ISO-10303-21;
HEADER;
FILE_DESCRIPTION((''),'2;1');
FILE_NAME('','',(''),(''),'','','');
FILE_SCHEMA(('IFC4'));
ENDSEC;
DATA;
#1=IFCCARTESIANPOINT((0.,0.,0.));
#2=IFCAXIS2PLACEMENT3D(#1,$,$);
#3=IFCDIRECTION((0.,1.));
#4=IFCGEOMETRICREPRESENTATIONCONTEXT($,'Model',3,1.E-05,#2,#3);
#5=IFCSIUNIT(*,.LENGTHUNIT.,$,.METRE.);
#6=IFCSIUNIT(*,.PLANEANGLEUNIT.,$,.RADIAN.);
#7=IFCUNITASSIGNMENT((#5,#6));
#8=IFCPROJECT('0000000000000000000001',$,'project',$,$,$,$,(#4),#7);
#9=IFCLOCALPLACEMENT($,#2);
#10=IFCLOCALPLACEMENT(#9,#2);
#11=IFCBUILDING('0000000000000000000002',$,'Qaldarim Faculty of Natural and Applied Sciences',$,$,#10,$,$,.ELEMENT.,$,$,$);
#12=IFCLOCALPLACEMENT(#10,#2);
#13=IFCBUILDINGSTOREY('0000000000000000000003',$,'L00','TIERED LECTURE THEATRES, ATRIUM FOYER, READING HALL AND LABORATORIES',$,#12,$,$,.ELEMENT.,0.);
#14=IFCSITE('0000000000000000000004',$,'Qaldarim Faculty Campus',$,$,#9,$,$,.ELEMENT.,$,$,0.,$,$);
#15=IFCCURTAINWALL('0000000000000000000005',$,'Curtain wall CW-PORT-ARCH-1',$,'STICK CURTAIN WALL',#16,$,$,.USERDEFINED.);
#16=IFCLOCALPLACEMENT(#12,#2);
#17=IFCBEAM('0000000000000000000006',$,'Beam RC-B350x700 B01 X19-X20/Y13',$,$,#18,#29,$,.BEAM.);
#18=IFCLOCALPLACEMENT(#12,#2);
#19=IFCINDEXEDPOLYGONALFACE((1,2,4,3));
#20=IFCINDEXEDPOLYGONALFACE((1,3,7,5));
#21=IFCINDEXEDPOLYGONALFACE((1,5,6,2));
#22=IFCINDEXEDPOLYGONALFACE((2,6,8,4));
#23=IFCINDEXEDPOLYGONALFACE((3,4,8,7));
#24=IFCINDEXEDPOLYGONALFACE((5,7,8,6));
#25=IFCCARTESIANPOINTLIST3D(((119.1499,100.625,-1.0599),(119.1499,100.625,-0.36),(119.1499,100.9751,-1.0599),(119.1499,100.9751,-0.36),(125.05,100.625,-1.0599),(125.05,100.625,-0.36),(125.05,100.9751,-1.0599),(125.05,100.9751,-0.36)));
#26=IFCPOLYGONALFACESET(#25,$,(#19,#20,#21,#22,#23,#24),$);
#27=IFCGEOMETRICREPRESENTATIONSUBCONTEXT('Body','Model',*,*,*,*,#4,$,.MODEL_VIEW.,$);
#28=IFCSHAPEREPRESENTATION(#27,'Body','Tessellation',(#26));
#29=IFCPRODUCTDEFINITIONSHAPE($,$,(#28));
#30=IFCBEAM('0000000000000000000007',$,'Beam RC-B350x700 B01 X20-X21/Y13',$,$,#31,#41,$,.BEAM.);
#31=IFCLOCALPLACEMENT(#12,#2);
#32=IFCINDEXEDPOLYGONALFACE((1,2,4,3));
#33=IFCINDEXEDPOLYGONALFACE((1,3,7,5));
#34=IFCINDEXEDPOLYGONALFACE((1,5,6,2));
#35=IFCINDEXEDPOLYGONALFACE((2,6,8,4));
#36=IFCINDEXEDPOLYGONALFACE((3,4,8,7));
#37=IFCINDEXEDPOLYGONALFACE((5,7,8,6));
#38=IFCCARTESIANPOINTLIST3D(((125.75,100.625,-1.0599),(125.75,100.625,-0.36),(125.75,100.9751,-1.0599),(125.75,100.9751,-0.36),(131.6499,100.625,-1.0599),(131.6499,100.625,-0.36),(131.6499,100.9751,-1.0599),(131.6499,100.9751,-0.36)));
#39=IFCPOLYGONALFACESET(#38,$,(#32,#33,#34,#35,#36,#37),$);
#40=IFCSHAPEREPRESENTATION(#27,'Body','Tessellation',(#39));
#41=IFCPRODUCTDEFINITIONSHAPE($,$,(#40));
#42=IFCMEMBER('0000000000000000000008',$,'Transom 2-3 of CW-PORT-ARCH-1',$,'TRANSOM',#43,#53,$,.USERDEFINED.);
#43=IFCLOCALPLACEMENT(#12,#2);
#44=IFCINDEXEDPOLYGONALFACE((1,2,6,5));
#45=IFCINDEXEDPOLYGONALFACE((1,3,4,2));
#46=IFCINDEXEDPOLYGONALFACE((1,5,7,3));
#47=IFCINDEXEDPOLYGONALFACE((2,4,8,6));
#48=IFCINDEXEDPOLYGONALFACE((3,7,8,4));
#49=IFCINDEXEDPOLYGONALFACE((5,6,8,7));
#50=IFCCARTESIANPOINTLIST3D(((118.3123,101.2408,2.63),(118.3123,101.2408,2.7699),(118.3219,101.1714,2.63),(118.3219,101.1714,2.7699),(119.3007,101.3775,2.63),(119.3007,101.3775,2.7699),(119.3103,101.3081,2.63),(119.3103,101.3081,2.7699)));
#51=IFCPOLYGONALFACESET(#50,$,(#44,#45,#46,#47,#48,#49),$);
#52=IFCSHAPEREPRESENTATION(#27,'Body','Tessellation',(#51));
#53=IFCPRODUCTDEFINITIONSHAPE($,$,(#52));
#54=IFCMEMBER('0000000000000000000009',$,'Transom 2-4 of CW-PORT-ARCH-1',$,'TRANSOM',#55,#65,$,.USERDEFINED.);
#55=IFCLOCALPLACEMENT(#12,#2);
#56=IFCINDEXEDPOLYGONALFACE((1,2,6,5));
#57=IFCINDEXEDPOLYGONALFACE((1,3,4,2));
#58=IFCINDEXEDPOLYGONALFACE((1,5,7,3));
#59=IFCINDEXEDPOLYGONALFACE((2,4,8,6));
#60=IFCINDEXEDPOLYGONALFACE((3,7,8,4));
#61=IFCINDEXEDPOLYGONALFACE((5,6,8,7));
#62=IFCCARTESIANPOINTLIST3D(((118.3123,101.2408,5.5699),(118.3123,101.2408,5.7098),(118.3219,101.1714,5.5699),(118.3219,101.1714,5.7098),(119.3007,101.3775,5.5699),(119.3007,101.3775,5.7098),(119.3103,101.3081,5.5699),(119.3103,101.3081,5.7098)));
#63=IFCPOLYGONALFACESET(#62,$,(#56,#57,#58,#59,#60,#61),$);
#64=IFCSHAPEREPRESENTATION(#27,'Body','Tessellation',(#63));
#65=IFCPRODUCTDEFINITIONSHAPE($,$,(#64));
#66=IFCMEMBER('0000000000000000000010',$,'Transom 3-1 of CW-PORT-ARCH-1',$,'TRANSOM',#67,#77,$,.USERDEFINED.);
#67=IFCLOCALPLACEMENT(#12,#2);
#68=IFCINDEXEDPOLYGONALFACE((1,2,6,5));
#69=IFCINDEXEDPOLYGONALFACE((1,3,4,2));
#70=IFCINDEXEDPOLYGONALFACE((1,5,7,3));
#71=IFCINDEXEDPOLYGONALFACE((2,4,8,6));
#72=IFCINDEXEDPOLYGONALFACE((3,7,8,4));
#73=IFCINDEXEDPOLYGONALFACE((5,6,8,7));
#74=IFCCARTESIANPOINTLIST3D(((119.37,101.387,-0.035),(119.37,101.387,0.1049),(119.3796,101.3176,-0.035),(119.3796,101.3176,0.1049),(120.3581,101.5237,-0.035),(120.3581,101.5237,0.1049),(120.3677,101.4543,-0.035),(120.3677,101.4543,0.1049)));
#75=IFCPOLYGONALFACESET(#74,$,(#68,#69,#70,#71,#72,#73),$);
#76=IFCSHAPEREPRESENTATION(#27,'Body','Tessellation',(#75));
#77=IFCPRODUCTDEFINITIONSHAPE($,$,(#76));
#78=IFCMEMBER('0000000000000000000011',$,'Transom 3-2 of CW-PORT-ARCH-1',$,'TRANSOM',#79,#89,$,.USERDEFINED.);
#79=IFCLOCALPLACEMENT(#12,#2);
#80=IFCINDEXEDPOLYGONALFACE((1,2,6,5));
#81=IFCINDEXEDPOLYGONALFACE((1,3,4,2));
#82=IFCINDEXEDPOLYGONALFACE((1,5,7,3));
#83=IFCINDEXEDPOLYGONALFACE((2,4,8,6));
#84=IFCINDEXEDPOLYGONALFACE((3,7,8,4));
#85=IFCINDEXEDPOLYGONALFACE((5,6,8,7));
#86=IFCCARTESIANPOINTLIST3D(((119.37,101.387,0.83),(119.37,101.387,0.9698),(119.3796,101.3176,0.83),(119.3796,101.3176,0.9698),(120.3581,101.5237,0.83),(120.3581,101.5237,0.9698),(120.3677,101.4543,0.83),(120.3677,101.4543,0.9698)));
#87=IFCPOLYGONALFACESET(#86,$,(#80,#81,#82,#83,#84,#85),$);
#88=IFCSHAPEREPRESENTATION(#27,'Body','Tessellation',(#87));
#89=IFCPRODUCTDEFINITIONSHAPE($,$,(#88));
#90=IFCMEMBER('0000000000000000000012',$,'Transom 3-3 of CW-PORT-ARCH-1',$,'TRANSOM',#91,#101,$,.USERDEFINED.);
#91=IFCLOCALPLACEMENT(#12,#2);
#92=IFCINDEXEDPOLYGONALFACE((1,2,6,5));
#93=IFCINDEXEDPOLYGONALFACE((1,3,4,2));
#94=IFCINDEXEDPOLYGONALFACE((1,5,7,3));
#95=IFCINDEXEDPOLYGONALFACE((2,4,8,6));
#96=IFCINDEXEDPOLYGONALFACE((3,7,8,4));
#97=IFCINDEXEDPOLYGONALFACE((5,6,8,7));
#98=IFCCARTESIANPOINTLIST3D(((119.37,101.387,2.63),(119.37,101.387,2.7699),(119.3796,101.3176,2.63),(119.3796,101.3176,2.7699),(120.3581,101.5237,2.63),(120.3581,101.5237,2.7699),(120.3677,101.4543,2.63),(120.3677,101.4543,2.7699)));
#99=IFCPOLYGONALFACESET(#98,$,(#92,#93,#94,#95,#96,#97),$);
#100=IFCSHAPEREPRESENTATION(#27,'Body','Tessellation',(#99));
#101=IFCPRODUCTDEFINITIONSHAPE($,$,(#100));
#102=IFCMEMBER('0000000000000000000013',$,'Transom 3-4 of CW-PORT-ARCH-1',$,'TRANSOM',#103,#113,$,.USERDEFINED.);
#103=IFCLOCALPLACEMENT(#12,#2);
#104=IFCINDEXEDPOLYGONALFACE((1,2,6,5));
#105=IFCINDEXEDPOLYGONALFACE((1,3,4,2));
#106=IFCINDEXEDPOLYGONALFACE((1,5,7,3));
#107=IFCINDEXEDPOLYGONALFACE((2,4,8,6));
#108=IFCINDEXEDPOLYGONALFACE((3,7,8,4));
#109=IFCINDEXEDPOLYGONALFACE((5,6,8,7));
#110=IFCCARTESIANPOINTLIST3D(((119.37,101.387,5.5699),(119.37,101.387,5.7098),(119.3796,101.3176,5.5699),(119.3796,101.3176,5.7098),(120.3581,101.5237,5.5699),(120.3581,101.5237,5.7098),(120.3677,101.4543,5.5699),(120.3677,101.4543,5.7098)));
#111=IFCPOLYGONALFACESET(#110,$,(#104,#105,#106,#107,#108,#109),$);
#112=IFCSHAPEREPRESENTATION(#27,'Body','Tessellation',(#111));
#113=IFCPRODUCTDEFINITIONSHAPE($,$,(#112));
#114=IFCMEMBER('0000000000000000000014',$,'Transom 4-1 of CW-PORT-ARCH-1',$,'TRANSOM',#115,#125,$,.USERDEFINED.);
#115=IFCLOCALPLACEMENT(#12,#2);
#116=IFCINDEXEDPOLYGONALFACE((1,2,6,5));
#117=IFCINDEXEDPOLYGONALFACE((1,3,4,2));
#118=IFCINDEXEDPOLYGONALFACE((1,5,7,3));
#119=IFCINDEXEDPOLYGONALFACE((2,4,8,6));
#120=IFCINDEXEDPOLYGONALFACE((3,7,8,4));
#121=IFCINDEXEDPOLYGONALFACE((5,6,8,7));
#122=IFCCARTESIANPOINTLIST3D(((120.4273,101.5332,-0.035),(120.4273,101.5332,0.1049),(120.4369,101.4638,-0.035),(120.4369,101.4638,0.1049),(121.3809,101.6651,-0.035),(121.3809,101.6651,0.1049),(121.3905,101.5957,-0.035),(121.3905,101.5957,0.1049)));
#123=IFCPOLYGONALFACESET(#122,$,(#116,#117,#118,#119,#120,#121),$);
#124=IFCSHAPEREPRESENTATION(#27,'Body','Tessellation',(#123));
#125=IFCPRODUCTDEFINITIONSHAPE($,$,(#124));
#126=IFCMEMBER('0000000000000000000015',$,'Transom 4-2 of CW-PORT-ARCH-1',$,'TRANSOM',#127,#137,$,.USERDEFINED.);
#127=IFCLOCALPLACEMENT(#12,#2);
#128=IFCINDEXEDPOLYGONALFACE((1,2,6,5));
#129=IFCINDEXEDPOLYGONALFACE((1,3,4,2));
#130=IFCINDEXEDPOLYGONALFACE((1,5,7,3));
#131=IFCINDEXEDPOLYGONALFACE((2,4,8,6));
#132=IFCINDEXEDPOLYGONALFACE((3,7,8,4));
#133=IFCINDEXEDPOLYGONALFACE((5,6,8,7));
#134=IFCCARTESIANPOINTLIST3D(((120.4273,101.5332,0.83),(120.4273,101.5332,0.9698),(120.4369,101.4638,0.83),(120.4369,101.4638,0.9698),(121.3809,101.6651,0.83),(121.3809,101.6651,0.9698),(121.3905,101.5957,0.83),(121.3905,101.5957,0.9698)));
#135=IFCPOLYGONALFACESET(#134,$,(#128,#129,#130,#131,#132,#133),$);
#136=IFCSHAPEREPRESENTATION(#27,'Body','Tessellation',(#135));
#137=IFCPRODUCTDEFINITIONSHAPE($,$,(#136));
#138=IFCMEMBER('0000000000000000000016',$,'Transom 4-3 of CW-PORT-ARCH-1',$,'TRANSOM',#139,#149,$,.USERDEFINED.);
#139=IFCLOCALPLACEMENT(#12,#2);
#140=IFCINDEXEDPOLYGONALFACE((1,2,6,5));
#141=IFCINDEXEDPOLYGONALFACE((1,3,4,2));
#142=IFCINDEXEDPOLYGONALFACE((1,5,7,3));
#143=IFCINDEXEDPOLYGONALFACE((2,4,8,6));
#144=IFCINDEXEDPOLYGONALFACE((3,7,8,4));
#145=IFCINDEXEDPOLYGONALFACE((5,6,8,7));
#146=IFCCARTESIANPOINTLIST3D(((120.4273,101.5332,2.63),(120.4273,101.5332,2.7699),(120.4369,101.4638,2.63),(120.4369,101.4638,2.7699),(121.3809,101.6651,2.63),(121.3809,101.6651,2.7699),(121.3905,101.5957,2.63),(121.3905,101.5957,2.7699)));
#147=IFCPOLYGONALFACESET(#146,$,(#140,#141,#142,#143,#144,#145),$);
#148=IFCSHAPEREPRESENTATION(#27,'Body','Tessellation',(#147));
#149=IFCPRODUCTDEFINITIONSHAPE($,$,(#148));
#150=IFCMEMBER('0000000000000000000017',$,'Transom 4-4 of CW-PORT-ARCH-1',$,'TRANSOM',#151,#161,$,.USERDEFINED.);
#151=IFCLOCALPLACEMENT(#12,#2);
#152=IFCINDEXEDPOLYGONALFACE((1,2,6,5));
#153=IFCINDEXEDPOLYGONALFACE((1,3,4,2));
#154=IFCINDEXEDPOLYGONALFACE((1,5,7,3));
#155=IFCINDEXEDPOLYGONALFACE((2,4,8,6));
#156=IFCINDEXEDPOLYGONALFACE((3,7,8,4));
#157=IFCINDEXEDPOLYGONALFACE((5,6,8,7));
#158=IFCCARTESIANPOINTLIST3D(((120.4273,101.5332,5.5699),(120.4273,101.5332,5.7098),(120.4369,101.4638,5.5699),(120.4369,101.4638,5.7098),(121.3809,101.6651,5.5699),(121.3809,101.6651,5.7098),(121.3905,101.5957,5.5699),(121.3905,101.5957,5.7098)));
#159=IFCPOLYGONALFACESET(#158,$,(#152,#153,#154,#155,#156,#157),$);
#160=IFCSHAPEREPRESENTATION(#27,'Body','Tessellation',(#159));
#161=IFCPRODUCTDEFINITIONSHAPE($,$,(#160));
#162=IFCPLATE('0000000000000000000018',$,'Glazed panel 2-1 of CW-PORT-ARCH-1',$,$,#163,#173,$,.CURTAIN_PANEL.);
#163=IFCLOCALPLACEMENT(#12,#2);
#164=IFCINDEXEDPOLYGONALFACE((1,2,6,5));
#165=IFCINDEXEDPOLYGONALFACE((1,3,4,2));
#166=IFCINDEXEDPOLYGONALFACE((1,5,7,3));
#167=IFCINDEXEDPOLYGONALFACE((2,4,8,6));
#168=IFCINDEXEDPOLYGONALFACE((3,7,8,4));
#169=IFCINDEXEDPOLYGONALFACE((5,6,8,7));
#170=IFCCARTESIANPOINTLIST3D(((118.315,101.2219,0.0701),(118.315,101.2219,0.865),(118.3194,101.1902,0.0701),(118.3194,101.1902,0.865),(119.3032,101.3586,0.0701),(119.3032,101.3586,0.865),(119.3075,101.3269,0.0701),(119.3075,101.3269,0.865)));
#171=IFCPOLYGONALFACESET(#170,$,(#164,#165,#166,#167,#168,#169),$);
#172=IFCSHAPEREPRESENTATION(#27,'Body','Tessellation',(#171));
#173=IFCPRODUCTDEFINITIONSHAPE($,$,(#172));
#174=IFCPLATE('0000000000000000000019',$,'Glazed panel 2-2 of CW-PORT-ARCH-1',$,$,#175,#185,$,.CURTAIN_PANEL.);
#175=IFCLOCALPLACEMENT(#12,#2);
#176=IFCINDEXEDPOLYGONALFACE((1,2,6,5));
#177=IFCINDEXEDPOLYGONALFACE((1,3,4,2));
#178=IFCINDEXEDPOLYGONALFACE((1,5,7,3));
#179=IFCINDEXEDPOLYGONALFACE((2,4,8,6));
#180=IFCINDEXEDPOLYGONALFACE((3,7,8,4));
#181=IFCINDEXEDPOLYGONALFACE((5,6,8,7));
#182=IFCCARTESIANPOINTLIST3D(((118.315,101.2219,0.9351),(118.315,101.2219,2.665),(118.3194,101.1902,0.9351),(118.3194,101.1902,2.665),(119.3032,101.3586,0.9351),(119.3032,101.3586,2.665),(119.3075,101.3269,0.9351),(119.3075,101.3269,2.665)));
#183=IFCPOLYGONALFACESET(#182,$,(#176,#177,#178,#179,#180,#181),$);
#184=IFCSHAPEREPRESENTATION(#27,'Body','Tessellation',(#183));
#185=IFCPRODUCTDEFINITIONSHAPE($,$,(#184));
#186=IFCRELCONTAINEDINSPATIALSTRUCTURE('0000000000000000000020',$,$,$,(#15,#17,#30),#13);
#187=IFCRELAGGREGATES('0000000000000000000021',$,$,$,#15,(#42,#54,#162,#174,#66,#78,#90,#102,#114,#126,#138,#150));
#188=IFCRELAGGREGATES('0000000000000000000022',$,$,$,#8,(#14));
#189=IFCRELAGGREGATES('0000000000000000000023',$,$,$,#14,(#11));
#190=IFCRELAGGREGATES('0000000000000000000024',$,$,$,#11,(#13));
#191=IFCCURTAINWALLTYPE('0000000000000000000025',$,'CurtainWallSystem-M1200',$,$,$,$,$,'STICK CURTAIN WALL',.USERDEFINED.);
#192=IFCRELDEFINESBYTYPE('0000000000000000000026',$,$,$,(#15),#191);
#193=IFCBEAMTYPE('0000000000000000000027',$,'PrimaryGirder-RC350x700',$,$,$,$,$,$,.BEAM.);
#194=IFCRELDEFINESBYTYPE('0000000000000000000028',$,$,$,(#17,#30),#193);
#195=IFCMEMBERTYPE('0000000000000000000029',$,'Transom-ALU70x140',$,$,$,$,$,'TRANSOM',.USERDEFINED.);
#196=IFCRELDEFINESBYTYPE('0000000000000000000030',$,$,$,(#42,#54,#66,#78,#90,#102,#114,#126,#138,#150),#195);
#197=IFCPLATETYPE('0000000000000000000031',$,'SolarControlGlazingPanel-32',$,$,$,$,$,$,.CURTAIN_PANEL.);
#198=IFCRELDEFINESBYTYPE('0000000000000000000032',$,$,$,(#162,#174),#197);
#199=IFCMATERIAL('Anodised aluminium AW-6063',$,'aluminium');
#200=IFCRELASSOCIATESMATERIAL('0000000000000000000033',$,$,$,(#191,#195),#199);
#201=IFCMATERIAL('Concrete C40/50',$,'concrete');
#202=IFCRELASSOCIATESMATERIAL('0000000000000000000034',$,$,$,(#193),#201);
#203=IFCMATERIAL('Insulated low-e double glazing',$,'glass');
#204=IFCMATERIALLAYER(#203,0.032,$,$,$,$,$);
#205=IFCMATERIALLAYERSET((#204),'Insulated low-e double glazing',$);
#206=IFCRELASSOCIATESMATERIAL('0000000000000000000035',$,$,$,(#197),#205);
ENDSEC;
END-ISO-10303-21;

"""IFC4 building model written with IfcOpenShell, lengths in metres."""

from ifc_helpers import new_model, si_unit, direction, frame, origin, origin_2d, place, context, subcontext, project, spatial, rectangle, extrude, material, layer, layer_set, material_profile, profile_set, type_object, element, aggregate, save


model = new_model("IFC4")

# Units and contexts
model_context = context("Model", 3, precision=1e-05, world=origin(), true_north=direction((0.0, 1.0)))
body_context = subcontext(model_context, "Body", "Model", "MODEL_VIEW")
ifc_project = project(units=[si_unit("LENGTHUNIT", "METRE"), si_unit("PLANEANGLEUNIT", "RADIAN")], contexts=[model_context])

# Site, building, storey
site_placement = place(None, origin())
site = spatial("IfcSite", under=ifc_project, at=site_placement, Name="Qaldarim Faculty Campus", CompositionType="ELEMENT", RefElevation=0.0)
building_placement = place(site_placement, origin())
building = spatial("IfcBuilding", under=site, at=building_placement, Name="Qaldarim Faculty of Natural and Applied Sciences", CompositionType="ELEMENT")
storey_placement = place(building_placement, origin())
storey = spatial("IfcBuildingStorey", under=building, at=storey_placement, Name="L00", Description="TIERED LECTURE THEATRES, ATRIUM FOYER, READING HALL AND LABORATORIES", CompositionType="ELEMENT", Elevation=0.0)

# Shared definitions
ifc_material_1 = material(Name="Concrete C40/50", Category="concrete")

# Curtain wall
ifc_material_2 = material(Name="Anodised aluminium AW-6063", Category="aluminium")
curtain_wall_type = type_object("IfcCurtainWallType", Name="CurtainWallSystem-M1200", ElementType="STICK CURTAIN WALL", PredefinedType="USERDEFINED", material=ifc_material_2)
curtain_wall_placement = place(storey_placement, origin())
curtain_wall = element("IfcCurtainWall", 1, at=curtain_wall_placement, inside=storey, type_object=curtain_wall_type, Name="Curtain wall CW-PORT-ARCH-1", ObjectType="STICK CURTAIN WALL", PredefinedType="USERDEFINED")

# Beams
ifc_material_profile_1 = material_profile(ifc_material_1, rectangle(XDim=0.3501, YDim=0.7, at=origin_2d()), Name="RC-B350x700")
ifc_profile_set_1 = profile_set([ifc_material_profile_1], Name="Concrete C40/50")
beam_type_1 = type_object("IfcBeamType", Name="PrimaryGirder-RC350x700", PredefinedType="BEAM", material=ifc_profile_set_1)
beam_1_placement = place(storey_placement, frame((119.1499, 100.8, -0.71), z_axis=(1.0, 0.0, 0.0), x_axis=(0.0, 1.0, 0.0)))
element("IfcBeam", 2, at=beam_1_placement, inside=storey, type_object=beam_type_1, Name="Beam RC-B350x700 B01 X19-X20/Y13", PredefinedType="BEAM", context=body_context, shape_type="SweptSolid", body=[
    extrude(rectangle(XDim=0.3501, YDim=0.7, at=origin_2d()), origin(), (0.0, 0.0, 1.0), 5.9001),
])
beam_2_placement = place(storey_placement, frame((125.75, 100.8, -0.71), z_axis=(1.0, 0.0, 0.0), x_axis=(0.0, 1.0, 0.0)))
element("IfcBeam", 3, at=beam_2_placement, inside=storey, type_object=beam_type_1, Name="Beam RC-B350x700 B01 X20-X21/Y13", PredefinedType="BEAM", context=body_context, shape_type="SweptSolid", body=[
    extrude(rectangle(XDim=0.3501, YDim=0.7, at=origin_2d()), origin(), (0.0, 0.0, 1.0), 5.8999),
])

# Members
ifc_material_profile_2 = material_profile(ifc_material_2, rectangle(XDim=0.0701, YDim=0.1399, at=origin_2d()), Name="ALU-T70x140")
ifc_profile_set_2 = profile_set([ifc_material_profile_2], Name="Anodised aluminium AW-6063")
member_type_1 = type_object("IfcMemberType", Name="Transom-ALU70x140", ElementType="TRANSOM", PredefinedType="USERDEFINED", material=ifc_profile_set_2)
member_1_placement = place(storey_placement, frame((118.3171, 101.2061, 2.7), z_axis=(0.990566, 0.137035, 0.0), x_axis=(-0.137035, 0.990566, 0.0)))
member_1 = element("IfcMember", 4, at=member_1_placement, type_object=member_type_1, Name="Transom 2-3 of CW-PORT-ARCH-1", ObjectType="TRANSOM", PredefinedType="USERDEFINED", context=body_context, shape_type="SweptSolid", body=[
    extrude(rectangle(XDim=0.0701, YDim=0.1399, at=origin_2d()), origin(), (0.0, 0.0, 1.0), 0.9978),
])
member_2_placement = place(storey_placement, frame((118.3171, 101.2061, 5.6399), z_axis=(0.990566, 0.137035, 0.0), x_axis=(-0.137035, 0.990566, 0.0)))
member_2 = element("IfcMember", 5, at=member_2_placement, type_object=member_type_1, Name="Transom 2-4 of CW-PORT-ARCH-1", ObjectType="TRANSOM", PredefinedType="USERDEFINED", context=body_context, shape_type="SweptSolid", body=[
    extrude(rectangle(XDim=0.0701, YDim=0.1399, at=origin_2d()), origin(), (0.0, 0.0, 1.0), 0.9978),
])
member_3_placement = place(storey_placement, frame((119.3748, 101.3523, 0.0349), z_axis=(0.990562, 0.137068, 0.0), x_axis=(-0.137068, 0.990562, 0.0)))
member_3 = element("IfcMember", 6, at=member_3_placement, type_object=member_type_1, Name="Transom 3-1 of CW-PORT-ARCH-1", ObjectType="TRANSOM", PredefinedType="USERDEFINED", context=body_context, shape_type="SweptSolid", body=[
    extrude(rectangle(XDim=0.0701, YDim=0.1399, at=origin_2d()), origin(), (0.0, 0.0, 1.0), 0.9976),
])
member_4_placement = place(storey_placement, frame((119.3748, 101.3523, 0.8999), z_axis=(0.990562, 0.137068, 0.0), x_axis=(-0.137068, 0.990562, 0.0)))
member_4 = element("IfcMember", 7, at=member_4_placement, type_object=member_type_1, Name="Transom 3-2 of CW-PORT-ARCH-1", ObjectType="TRANSOM", PredefinedType="USERDEFINED", context=body_context, shape_type="SweptSolid", body=[
    extrude(rectangle(XDim=0.0701, YDim=0.1399, at=origin_2d()), origin(), (0.0, 0.0, 1.0), 0.9976),
])
member_5_placement = place(storey_placement, frame((119.3748, 101.3523, 2.7), z_axis=(0.990562, 0.137068, 0.0), x_axis=(-0.137068, 0.990562, 0.0)))
member_5 = element("IfcMember", 8, at=member_5_placement, type_object=member_type_1, Name="Transom 3-3 of CW-PORT-ARCH-1", ObjectType="TRANSOM", PredefinedType="USERDEFINED", context=body_context, shape_type="SweptSolid", body=[
    extrude(rectangle(XDim=0.0701, YDim=0.1399, at=origin_2d()), origin(), (0.0, 0.0, 1.0), 0.9976),
])
member_6_placement = place(storey_placement, frame((119.3748, 101.3523, 5.6399), z_axis=(0.990562, 0.137068, 0.0), x_axis=(-0.137068, 0.990562, 0.0)))
member_6 = element("IfcMember", 9, at=member_6_placement, type_object=member_type_1, Name="Transom 3-4 of CW-PORT-ARCH-1", ObjectType="TRANSOM", PredefinedType="USERDEFINED", context=body_context, shape_type="SweptSolid", body=[
    extrude(rectangle(XDim=0.0701, YDim=0.1399, at=origin_2d()), origin(), (0.0, 0.0, 1.0), 0.9976),
])
member_7_placement = place(storey_placement, frame((120.4321, 101.4985, 0.0349), z_axis=(0.990578, 0.136946, 0.0), x_axis=(-0.136946, 0.990578, 0.0)))
member_7 = element("IfcMember", 10, at=member_7_placement, type_object=member_type_1, Name="Transom 4-1 of CW-PORT-ARCH-1", ObjectType="TRANSOM", PredefinedType="USERDEFINED", context=body_context, shape_type="SweptSolid", body=[
    extrude(rectangle(XDim=0.0701, YDim=0.1399, at=origin_2d()), origin(), (0.0, 0.0, 1.0), 0.9626),
])
member_8_placement = place(storey_placement, frame((120.4321, 101.4985, 0.8999), z_axis=(0.990578, 0.136946, 0.0), x_axis=(-0.136946, 0.990578, 0.0)))
member_8 = element("IfcMember", 11, at=member_8_placement, type_object=member_type_1, Name="Transom 4-2 of CW-PORT-ARCH-1", ObjectType="TRANSOM", PredefinedType="USERDEFINED", context=body_context, shape_type="SweptSolid", body=[
    extrude(rectangle(XDim=0.0701, YDim=0.1399, at=origin_2d()), origin(), (0.0, 0.0, 1.0), 0.9626),
])
member_9_placement = place(storey_placement, frame((120.4321, 101.4985, 2.7), z_axis=(0.990578, 0.136946, 0.0), x_axis=(-0.136946, 0.990578, 0.0)))
member_9 = element("IfcMember", 12, at=member_9_placement, type_object=member_type_1, Name="Transom 4-3 of CW-PORT-ARCH-1", ObjectType="TRANSOM", PredefinedType="USERDEFINED", context=body_context, shape_type="SweptSolid", body=[
    extrude(rectangle(XDim=0.0701, YDim=0.1399, at=origin_2d()), origin(), (0.0, 0.0, 1.0), 0.9626),
])
member_10_placement = place(storey_placement, frame((120.4321, 101.4985, 5.6399), z_axis=(0.990578, 0.136946, 0.0), x_axis=(-0.136946, 0.990578, 0.0)))
member_10 = element("IfcMember", 13, at=member_10_placement, type_object=member_type_1, Name="Transom 4-4 of CW-PORT-ARCH-1", ObjectType="TRANSOM", PredefinedType="USERDEFINED", context=body_context, shape_type="SweptSolid", body=[
    extrude(rectangle(XDim=0.0701, YDim=0.1399, at=origin_2d()), origin(), (0.0, 0.0, 1.0), 0.9626),
])

# Plates
ifc_material_3 = material(Name="Insulated low-e double glazing", Category="glass")
ifc_layer_1 = layer(ifc_material_3, 0.032)
ifc_layer_set_1 = layer_set([ifc_layer_1], Name="Insulated low-e double glazing")
plate_type = type_object("IfcPlateType", Name="SolarControlGlazingPanel-32", PredefinedType="CURTAIN_PANEL", material=ifc_layer_set_1)
plate_1_placement = place(storey_placement, frame((118.8113, 101.2744, 0.0701), z_axis=(0.0, 0.0, 1.0), x_axis=(0.990572, 0.136995, 0.0)))
plate_1 = element("IfcPlate", 14, at=plate_1_placement, type_object=plate_type, Name="Glazed panel 2-1 of CW-PORT-ARCH-1", PredefinedType="CURTAIN_PANEL", context=body_context, shape_type="SweptSolid", body=[
    extrude(rectangle(XDim=0.9976, YDim=0.032, at=origin_2d()), origin(), (0.0, 0.0, 1.0), 0.7949),
])
plate_2_placement = place(storey_placement, frame((118.8113, 101.2744, 0.9351), z_axis=(0.0, 0.0, 1.0), x_axis=(0.990572, 0.136995, 0.0)))
plate_2 = element("IfcPlate", 15, at=plate_2_placement, type_object=plate_type, Name="Glazed panel 2-2 of CW-PORT-ARCH-1", PredefinedType="CURTAIN_PANEL", context=body_context, shape_type="SweptSolid", body=[
    extrude(rectangle(XDim=0.9976, YDim=0.032, at=origin_2d()), origin(), (0.0, 0.0, 1.0), 1.73),
])
aggregate(curtain_wall, [member_1, member_2, plate_1, plate_2, member_3, member_4, member_5, member_6, member_7, member_8, member_9, member_10])

save(model, "model.ifc")
